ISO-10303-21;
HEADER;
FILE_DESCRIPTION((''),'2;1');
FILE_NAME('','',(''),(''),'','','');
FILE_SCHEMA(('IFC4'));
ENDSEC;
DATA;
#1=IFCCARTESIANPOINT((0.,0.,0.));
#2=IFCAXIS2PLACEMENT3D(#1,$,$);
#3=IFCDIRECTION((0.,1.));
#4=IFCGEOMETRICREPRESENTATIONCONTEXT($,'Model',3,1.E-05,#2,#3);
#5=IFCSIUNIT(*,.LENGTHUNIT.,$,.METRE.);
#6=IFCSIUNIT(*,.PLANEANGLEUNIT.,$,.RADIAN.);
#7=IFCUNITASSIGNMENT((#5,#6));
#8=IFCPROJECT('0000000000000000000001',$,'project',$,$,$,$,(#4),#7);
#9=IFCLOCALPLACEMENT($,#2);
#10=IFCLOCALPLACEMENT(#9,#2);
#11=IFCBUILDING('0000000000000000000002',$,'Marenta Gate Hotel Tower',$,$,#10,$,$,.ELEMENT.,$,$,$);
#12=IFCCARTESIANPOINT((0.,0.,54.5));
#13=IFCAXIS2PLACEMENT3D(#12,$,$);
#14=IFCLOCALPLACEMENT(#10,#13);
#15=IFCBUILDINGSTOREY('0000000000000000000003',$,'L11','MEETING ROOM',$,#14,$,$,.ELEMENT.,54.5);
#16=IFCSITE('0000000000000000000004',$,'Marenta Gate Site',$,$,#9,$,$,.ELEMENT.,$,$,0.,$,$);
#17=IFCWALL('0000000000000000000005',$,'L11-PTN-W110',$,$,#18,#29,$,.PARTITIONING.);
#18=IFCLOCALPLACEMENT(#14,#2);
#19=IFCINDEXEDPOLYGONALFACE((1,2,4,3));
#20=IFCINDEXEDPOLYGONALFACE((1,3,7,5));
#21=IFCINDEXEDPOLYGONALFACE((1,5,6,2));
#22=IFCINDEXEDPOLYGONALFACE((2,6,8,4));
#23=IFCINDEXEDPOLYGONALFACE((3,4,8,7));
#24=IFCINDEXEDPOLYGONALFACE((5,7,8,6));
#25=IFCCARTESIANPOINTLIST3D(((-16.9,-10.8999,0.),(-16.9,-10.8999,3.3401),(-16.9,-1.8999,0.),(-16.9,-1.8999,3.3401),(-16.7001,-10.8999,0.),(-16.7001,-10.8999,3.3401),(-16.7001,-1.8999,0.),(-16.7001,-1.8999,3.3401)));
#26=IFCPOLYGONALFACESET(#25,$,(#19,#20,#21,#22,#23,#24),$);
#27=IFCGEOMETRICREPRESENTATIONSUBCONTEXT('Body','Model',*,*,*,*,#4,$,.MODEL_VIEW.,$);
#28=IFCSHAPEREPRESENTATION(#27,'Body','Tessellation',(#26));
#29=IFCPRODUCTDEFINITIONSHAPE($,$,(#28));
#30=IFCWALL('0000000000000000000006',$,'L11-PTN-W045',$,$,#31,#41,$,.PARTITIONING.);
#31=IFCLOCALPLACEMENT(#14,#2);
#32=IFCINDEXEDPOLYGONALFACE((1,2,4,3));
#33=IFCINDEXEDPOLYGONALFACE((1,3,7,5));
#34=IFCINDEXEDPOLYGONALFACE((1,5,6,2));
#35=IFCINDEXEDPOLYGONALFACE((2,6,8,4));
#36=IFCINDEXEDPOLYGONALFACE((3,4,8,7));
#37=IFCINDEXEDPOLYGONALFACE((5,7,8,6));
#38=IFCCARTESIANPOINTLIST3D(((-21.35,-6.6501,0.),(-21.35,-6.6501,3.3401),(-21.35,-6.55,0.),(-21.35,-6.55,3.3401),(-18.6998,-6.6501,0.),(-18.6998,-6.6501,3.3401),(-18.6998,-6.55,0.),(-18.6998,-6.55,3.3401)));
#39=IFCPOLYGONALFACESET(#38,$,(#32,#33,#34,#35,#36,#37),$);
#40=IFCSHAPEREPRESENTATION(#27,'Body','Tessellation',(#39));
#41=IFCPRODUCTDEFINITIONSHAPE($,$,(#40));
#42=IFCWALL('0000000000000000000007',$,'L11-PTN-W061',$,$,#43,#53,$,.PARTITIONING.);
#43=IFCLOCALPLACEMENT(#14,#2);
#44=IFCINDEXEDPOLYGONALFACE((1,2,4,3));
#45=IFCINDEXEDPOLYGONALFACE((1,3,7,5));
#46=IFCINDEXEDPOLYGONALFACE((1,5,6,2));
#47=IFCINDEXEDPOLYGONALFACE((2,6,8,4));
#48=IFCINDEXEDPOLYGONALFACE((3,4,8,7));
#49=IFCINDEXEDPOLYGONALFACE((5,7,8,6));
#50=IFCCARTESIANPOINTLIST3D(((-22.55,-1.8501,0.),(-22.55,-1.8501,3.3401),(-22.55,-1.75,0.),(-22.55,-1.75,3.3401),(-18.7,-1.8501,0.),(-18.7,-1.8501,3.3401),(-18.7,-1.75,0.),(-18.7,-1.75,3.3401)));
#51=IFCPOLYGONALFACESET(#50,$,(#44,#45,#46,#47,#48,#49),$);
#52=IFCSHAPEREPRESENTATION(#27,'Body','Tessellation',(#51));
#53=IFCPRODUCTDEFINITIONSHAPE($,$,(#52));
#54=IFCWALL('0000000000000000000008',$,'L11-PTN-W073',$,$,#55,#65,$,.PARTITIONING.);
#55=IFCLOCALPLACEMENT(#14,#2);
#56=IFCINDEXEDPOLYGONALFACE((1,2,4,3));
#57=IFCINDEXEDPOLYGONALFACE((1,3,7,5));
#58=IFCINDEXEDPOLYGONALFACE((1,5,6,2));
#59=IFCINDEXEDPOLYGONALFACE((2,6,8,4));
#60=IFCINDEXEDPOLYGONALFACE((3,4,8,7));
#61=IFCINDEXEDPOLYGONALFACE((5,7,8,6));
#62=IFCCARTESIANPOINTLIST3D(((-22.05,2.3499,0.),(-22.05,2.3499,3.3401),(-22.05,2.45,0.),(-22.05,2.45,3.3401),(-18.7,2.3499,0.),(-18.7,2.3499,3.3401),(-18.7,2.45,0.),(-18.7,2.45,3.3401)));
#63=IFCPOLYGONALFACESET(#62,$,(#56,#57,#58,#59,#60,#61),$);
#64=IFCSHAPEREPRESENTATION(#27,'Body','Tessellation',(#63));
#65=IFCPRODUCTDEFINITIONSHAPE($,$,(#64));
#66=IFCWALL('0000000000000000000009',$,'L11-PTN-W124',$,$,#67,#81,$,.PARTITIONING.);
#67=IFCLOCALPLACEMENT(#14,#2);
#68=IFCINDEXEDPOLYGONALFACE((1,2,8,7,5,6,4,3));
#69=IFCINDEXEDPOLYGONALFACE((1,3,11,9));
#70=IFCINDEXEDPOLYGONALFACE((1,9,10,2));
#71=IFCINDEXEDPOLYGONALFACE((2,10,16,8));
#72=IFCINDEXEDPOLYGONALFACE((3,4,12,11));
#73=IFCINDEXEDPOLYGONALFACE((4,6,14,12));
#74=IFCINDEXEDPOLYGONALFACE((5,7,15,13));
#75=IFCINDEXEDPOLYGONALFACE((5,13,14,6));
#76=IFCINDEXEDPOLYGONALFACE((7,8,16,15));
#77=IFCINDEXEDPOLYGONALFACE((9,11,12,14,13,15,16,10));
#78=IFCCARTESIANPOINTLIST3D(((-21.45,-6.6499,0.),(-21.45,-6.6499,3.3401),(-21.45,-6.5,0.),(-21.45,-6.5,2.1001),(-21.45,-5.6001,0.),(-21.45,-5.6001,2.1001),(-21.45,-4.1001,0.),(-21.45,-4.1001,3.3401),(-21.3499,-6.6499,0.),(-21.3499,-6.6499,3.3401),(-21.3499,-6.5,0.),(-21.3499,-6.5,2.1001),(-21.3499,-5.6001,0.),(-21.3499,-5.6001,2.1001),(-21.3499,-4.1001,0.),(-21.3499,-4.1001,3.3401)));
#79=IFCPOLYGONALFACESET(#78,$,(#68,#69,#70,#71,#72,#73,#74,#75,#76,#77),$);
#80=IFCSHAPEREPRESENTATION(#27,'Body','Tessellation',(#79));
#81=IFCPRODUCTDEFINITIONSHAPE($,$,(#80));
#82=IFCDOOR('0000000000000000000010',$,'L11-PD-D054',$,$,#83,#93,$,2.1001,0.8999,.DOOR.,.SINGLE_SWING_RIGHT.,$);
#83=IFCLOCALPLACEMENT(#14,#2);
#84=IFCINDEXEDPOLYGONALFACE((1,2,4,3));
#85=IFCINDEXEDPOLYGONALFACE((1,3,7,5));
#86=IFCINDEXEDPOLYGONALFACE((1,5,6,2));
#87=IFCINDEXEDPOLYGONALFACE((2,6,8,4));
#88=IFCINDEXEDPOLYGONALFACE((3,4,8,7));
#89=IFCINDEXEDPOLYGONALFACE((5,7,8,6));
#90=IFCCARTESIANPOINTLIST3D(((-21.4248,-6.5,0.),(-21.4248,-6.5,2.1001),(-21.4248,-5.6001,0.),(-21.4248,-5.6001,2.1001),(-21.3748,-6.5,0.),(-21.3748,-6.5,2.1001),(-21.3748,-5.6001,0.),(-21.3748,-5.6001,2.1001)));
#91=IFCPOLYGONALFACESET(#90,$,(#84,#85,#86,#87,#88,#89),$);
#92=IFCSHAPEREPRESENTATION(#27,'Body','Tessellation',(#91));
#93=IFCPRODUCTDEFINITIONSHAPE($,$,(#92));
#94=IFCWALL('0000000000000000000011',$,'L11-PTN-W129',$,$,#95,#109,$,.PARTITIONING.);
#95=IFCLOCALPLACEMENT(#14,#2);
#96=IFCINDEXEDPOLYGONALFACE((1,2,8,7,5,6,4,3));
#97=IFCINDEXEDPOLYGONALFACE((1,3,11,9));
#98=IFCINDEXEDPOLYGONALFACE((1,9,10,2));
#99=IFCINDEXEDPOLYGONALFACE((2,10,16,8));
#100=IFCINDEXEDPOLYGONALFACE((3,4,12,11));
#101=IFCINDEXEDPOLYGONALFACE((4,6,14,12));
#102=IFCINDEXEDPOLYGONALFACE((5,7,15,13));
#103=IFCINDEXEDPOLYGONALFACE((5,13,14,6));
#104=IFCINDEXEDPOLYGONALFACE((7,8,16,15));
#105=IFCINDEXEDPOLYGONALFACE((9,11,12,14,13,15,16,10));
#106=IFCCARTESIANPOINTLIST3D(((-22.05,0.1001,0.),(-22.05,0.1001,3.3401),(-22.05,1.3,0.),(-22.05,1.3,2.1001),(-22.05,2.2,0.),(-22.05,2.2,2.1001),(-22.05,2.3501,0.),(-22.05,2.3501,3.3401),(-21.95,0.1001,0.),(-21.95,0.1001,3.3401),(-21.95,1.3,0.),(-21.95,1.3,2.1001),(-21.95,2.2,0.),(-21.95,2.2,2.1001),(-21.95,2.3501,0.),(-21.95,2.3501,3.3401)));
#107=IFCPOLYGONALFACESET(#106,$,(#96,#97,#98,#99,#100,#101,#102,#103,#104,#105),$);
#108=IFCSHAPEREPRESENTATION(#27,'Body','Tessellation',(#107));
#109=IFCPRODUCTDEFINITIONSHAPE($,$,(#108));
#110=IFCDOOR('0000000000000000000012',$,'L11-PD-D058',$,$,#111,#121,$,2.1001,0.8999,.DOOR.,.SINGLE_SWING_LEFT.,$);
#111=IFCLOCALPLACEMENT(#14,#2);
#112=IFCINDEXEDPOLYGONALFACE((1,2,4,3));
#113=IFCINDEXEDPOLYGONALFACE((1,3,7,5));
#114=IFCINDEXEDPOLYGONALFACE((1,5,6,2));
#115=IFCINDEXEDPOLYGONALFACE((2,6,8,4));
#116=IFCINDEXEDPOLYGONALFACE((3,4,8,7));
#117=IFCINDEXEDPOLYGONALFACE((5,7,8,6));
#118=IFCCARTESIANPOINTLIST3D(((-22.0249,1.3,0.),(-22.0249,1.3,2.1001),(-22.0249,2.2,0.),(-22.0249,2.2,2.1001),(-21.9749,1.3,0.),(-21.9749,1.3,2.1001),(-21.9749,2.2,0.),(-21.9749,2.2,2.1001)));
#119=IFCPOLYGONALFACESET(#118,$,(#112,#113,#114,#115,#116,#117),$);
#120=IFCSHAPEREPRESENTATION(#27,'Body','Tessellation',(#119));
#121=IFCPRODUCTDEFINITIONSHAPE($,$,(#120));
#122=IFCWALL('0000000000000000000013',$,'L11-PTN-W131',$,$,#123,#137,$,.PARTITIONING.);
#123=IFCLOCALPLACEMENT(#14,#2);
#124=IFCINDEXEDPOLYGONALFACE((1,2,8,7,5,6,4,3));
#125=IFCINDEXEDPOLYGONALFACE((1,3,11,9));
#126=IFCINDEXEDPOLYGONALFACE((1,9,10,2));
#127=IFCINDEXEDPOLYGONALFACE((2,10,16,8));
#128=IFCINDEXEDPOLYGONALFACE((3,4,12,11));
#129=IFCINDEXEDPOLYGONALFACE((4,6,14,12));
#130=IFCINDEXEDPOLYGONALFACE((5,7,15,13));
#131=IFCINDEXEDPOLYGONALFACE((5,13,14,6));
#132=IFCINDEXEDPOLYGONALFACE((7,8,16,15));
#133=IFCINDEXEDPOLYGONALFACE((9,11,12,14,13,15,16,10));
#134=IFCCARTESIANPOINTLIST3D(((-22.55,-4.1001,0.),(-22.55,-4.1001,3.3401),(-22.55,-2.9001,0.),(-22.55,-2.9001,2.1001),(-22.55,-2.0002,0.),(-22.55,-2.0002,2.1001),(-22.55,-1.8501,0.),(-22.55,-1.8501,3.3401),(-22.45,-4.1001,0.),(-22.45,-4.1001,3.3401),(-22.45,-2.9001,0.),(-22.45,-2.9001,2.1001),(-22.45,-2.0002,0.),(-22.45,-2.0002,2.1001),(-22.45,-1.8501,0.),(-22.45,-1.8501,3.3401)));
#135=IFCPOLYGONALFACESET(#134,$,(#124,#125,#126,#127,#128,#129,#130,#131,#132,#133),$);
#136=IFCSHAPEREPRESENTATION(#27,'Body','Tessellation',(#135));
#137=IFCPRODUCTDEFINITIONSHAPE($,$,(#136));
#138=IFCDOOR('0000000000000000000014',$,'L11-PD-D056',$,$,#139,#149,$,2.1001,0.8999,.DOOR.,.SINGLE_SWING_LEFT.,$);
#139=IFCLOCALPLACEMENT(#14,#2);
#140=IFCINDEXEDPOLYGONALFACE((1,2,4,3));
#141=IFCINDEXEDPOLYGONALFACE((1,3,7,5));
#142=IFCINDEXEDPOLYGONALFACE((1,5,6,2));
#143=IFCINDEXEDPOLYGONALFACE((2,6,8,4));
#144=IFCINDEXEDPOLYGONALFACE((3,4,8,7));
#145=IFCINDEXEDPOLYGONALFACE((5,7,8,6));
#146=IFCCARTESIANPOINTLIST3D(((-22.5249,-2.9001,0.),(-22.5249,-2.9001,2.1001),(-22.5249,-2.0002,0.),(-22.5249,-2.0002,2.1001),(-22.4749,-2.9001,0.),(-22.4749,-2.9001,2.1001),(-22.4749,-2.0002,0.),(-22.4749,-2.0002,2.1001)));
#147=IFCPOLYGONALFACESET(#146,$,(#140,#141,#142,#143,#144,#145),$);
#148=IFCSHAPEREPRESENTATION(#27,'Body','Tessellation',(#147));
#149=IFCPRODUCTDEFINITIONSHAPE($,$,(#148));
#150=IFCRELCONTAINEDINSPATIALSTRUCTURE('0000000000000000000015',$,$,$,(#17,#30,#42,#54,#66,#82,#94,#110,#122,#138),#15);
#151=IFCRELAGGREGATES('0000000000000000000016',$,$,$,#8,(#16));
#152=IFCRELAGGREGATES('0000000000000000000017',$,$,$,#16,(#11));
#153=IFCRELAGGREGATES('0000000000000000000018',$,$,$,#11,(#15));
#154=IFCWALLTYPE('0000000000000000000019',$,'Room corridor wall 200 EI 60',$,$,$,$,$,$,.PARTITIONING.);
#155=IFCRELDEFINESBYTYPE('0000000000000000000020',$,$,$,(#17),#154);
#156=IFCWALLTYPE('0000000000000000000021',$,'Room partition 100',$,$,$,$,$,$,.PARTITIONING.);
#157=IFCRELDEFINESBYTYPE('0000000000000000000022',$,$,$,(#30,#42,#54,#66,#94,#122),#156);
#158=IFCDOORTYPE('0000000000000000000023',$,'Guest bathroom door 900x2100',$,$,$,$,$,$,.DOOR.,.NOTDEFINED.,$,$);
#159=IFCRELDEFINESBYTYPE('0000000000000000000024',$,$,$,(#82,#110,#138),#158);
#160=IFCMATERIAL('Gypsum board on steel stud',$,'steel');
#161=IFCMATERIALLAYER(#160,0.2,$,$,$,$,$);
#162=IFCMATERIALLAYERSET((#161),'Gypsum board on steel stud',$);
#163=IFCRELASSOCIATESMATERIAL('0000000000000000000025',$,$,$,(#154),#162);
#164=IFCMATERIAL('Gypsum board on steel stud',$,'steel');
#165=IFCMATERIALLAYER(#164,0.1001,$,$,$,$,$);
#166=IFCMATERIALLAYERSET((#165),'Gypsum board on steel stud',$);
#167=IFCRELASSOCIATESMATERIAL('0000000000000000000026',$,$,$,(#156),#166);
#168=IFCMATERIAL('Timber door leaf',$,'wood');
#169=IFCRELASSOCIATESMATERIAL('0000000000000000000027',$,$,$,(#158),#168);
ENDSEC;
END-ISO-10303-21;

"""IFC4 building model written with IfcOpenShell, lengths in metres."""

from ifc_helpers import new_model, si_unit, direction, frame, frame_2d, origin, place, context, subcontext, project, spatial, rectangle, extrude, material, layer, layer_set, type_object, element, fill, save


model = new_model("IFC4")

# Units and contexts
model_context = context("Model", 3, precision=1e-05, world=origin(), true_north=direction((0.0, 1.0)))
body_context = subcontext(model_context, "Body", "Model", "MODEL_VIEW")
ifc_project = project(units=[si_unit("LENGTHUNIT", "METRE"), si_unit("PLANEANGLEUNIT", "RADIAN")], contexts=[model_context])

# Site, building, storey
site_placement = place(None, origin())
site = spatial("IfcSite", under=ifc_project, at=site_placement, Name="Marenta Gate Site", CompositionType="ELEMENT", RefElevation=0.0)
building_placement = place(site_placement, origin())
building = spatial("IfcBuilding", under=site, at=building_placement, Name="Marenta Gate Hotel Tower", CompositionType="ELEMENT")
storey_placement = place(building_placement, frame((0.0, 0.0, 54.5)))
storey = spatial("IfcBuildingStorey", under=building, at=storey_placement, Name="L11", Description="MEETING ROOM", CompositionType="ELEMENT", Elevation=54.5)

# Shared definitions
ifc_material_1 = material(Name="Gypsum board on steel stud", Category="steel")
ifc_layer_1 = layer(ifc_material_1, 0.2)
ifc_layer_set_1 = layer_set([ifc_layer_1], Name="Gypsum board on steel stud")
wall_type_1 = type_object("IfcWallType", Name="Room corridor wall 200 EI 60", PredefinedType="PARTITIONING", material=ifc_layer_set_1)

# Walls
wall_1_placement = place(storey_placement, frame((-16.8, -10.8999, 0.0), z_axis=(0.0, 0.0, 1.0), x_axis=(0.0, 1.0, 0.0)))
element("IfcWall", 1, at=wall_1_placement, inside=storey, type_object=wall_type_1, Name="L11-PTN-W110", PredefinedType="PARTITIONING", context=body_context, shape_type="SweptSolid", body=[
    extrude(rectangle(XDim=9.0, YDim=0.2, at=frame_2d((4.5, 0.0))), origin(), (0.0, 0.0, 1.0), 3.3401),
])
ifc_material_2 = material(Name="Gypsum board on steel stud", Category="steel")
ifc_layer_2 = layer(ifc_material_2, 0.1001)
ifc_layer_set_2 = layer_set([ifc_layer_2], Name="Gypsum board on steel stud")
wall_type_2 = type_object("IfcWallType", Name="Room partition 100", PredefinedType="PARTITIONING", material=ifc_layer_set_2)
wall_2_placement = place(storey_placement, frame((-21.3501, -6.6001, 0.0), z_axis=(0.0, 0.0, 1.0), x_axis=(1.0, 0.0, 0.0)))
element("IfcWall", 2, at=wall_2_placement, inside=storey, type_object=wall_type_2, Name="L11-PTN-W045", PredefinedType="PARTITIONING", context=body_context, shape_type="SweptSolid", body=[
    extrude(rectangle(XDim=2.6501, YDim=0.1001, at=frame_2d((1.3252, 0.0))), origin(), (0.0, 0.0, 1.0), 3.3401),
])
wall_3_placement = place(storey_placement, frame((-22.55, -1.8, 0.0), z_axis=(0.0, 0.0, 1.0), x_axis=(1.0, 0.0, 0.0)))
element("IfcWall", 3, at=wall_3_placement, inside=storey, type_object=wall_type_2, Name="L11-PTN-W061", PredefinedType="PARTITIONING", context=body_context, shape_type="SweptSolid", body=[
    extrude(rectangle(XDim=3.8501, YDim=0.1001, at=frame_2d((1.925, 0.0))), origin(), (0.0, 0.0, 1.0), 3.3401),
])
wall_4_placement = place(storey_placement, frame((-22.05, 2.3999, 0.0), z_axis=(0.0, 0.0, 1.0), x_axis=(1.0, 0.0, 0.0)))
element("IfcWall", 4, at=wall_4_placement, inside=storey, type_object=wall_type_2, Name="L11-PTN-W073", PredefinedType="PARTITIONING", context=body_context, shape_type="SweptSolid", body=[
    extrude(rectangle(XDim=3.3501, YDim=0.1001, at=frame_2d((1.675, 0.0))), origin(), (0.0, 0.0, 1.0), 3.3401),
])

# Walls, openings, doors
wall_5_placement = place(storey_placement, frame((-21.3999, -6.6499, 0.0), z_axis=(0.0, 0.0, 1.0), x_axis=(0.0, 1.0, 0.0)))
wall_5 = element("IfcWall", 5, at=wall_5_placement, inside=storey, type_object=wall_type_2, Name="L11-PTN-W124", PredefinedType="PARTITIONING", context=body_context, shape_type="SweptSolid", body=[
    extrude(rectangle(XDim=2.5498, YDim=0.1001, at=frame_2d((1.2749, 0.0))), origin(), (0.0, 0.0, 1.0), 3.3401),
])
opening_1_placement = place(wall_5_placement, frame((0.1499, 0.0, 0.0)))
opening_1 = element("IfcOpeningElement", 6, at=opening_1_placement, cuts=wall_5, PredefinedType="OPENING", context=body_context, shape_type="SweptSolid", body=[
    extrude(rectangle(XDim=0.8999, YDim=2.1001, at=frame_2d((0.45, 1.05))), frame((0.0, 0.05, 0.0), z_axis=(0.0, -1.0, 0.0), x_axis=(1.0, 0.0, 0.0)), (0.0, 0.0, 1.0), 0.1001),
])
ifc_material_3 = material(Name="Timber door leaf", Category="wood")
door_type_1 = type_object("IfcDoorType", Name="Guest bathroom door 900x2100", OperationType="NOTDEFINED", PredefinedType="DOOR", material=ifc_material_3)
door_1_placement = place(opening_1_placement, origin())
door_1 = element("IfcDoor", 7, at=door_1_placement, inside=storey, type_object=door_type_1, Name="L11-PD-D054", OperationType="SINGLE_SWING_RIGHT", OverallHeight=2.1001, OverallWidth=0.8999, PredefinedType="DOOR", context=body_context, shape_type="SweptSolid", body=[
    extrude(rectangle(XDim=0.8999, YDim=2.1001, at=frame_2d((0.45, 1.05))), frame((0.0, 0.0249, 0.0), z_axis=(0.0, -1.0, 0.0), x_axis=(1.0, 0.0, 0.0)), (0.0, 0.0, 1.0), 0.05),
])
fill(opening_1, door_1)
wall_6_placement = place(storey_placement, frame((-22.0, 0.1001, 0.0), z_axis=(0.0, 0.0, 1.0), x_axis=(0.0, 1.0, 0.0)))
wall_6 = element("IfcWall", 8, at=wall_6_placement, inside=storey, type_object=wall_type_2, Name="L11-PTN-W129", PredefinedType="PARTITIONING", context=body_context, shape_type="SweptSolid", body=[
    extrude(rectangle(XDim=2.25, YDim=0.1001, at=frame_2d((1.125, 0.0))), origin(), (0.0, 0.0, 1.0), 3.3401),
])
opening_2_placement = place(wall_6_placement, frame((1.2, 0.0, 0.0)))
opening_2 = element("IfcOpeningElement", 9, at=opening_2_placement, cuts=wall_6, PredefinedType="OPENING", context=body_context, shape_type="SweptSolid", body=[
    extrude(rectangle(XDim=0.8999, YDim=2.1001, at=frame_2d((0.45, 1.05))), frame((0.0, 0.05, 0.0), z_axis=(0.0, -1.0, 0.0), x_axis=(1.0, 0.0, 0.0)), (0.0, 0.0, 1.0), 0.1001),
])
door_2_placement = place(opening_2_placement, origin())
door_2 = element("IfcDoor", 10, at=door_2_placement, inside=storey, type_object=door_type_1, Name="L11-PD-D058", OperationType="SINGLE_SWING_LEFT", OverallHeight=2.1001, OverallWidth=0.8999, PredefinedType="DOOR", context=body_context, shape_type="SweptSolid", body=[
    extrude(rectangle(XDim=0.8999, YDim=2.1001, at=frame_2d((0.45, 1.05))), frame((0.0, 0.0249, 0.0), z_axis=(0.0, -1.0, 0.0), x_axis=(1.0, 0.0, 0.0)), (0.0, 0.0, 1.0), 0.05),
])
fill(opening_2, door_2)
wall_7_placement = place(storey_placement, frame((-22.5, -4.1001, 0.0), z_axis=(0.0, 0.0, 1.0), x_axis=(0.0, 1.0, 0.0)))
wall_7 = element("IfcWall", 11, at=wall_7_placement, inside=storey, type_object=wall_type_2, Name="L11-PTN-W131", PredefinedType="PARTITIONING", context=body_context, shape_type="SweptSolid", body=[
    extrude(rectangle(XDim=2.25, YDim=0.1001, at=frame_2d((1.125, 0.0))), origin(), (0.0, 0.0, 1.0), 3.3401),
])
opening_3_placement = place(wall_7_placement, frame((1.2, 0.0, 0.0)))
opening_3 = element("IfcOpeningElement", 12, at=opening_3_placement, cuts=wall_7, PredefinedType="OPENING", context=body_context, shape_type="SweptSolid", body=[
    extrude(rectangle(XDim=0.8999, YDim=2.1001, at=frame_2d((0.45, 1.05))), frame((0.0, 0.05, 0.0), z_axis=(0.0, -1.0, 0.0), x_axis=(1.0, 0.0, 0.0)), (0.0, 0.0, 1.0), 0.1001),
])
door_3_placement = place(opening_3_placement, origin())
door_3 = element("IfcDoor", 13, at=door_3_placement, inside=storey, type_object=door_type_1, Name="L11-PD-D056", OperationType="SINGLE_SWING_LEFT", OverallHeight=2.1001, OverallWidth=0.8999, PredefinedType="DOOR", context=body_context, shape_type="SweptSolid", body=[
    extrude(rectangle(XDim=0.8999, YDim=2.1001, at=frame_2d((0.45, 1.05))), frame((0.0, 0.0249, 0.0), z_axis=(0.0, -1.0, 0.0), x_axis=(1.0, 0.0, 0.0)), (0.0, 0.0, 1.0), 0.05),
])
fill(opening_3, door_3)

save(model, "model.ifc")
